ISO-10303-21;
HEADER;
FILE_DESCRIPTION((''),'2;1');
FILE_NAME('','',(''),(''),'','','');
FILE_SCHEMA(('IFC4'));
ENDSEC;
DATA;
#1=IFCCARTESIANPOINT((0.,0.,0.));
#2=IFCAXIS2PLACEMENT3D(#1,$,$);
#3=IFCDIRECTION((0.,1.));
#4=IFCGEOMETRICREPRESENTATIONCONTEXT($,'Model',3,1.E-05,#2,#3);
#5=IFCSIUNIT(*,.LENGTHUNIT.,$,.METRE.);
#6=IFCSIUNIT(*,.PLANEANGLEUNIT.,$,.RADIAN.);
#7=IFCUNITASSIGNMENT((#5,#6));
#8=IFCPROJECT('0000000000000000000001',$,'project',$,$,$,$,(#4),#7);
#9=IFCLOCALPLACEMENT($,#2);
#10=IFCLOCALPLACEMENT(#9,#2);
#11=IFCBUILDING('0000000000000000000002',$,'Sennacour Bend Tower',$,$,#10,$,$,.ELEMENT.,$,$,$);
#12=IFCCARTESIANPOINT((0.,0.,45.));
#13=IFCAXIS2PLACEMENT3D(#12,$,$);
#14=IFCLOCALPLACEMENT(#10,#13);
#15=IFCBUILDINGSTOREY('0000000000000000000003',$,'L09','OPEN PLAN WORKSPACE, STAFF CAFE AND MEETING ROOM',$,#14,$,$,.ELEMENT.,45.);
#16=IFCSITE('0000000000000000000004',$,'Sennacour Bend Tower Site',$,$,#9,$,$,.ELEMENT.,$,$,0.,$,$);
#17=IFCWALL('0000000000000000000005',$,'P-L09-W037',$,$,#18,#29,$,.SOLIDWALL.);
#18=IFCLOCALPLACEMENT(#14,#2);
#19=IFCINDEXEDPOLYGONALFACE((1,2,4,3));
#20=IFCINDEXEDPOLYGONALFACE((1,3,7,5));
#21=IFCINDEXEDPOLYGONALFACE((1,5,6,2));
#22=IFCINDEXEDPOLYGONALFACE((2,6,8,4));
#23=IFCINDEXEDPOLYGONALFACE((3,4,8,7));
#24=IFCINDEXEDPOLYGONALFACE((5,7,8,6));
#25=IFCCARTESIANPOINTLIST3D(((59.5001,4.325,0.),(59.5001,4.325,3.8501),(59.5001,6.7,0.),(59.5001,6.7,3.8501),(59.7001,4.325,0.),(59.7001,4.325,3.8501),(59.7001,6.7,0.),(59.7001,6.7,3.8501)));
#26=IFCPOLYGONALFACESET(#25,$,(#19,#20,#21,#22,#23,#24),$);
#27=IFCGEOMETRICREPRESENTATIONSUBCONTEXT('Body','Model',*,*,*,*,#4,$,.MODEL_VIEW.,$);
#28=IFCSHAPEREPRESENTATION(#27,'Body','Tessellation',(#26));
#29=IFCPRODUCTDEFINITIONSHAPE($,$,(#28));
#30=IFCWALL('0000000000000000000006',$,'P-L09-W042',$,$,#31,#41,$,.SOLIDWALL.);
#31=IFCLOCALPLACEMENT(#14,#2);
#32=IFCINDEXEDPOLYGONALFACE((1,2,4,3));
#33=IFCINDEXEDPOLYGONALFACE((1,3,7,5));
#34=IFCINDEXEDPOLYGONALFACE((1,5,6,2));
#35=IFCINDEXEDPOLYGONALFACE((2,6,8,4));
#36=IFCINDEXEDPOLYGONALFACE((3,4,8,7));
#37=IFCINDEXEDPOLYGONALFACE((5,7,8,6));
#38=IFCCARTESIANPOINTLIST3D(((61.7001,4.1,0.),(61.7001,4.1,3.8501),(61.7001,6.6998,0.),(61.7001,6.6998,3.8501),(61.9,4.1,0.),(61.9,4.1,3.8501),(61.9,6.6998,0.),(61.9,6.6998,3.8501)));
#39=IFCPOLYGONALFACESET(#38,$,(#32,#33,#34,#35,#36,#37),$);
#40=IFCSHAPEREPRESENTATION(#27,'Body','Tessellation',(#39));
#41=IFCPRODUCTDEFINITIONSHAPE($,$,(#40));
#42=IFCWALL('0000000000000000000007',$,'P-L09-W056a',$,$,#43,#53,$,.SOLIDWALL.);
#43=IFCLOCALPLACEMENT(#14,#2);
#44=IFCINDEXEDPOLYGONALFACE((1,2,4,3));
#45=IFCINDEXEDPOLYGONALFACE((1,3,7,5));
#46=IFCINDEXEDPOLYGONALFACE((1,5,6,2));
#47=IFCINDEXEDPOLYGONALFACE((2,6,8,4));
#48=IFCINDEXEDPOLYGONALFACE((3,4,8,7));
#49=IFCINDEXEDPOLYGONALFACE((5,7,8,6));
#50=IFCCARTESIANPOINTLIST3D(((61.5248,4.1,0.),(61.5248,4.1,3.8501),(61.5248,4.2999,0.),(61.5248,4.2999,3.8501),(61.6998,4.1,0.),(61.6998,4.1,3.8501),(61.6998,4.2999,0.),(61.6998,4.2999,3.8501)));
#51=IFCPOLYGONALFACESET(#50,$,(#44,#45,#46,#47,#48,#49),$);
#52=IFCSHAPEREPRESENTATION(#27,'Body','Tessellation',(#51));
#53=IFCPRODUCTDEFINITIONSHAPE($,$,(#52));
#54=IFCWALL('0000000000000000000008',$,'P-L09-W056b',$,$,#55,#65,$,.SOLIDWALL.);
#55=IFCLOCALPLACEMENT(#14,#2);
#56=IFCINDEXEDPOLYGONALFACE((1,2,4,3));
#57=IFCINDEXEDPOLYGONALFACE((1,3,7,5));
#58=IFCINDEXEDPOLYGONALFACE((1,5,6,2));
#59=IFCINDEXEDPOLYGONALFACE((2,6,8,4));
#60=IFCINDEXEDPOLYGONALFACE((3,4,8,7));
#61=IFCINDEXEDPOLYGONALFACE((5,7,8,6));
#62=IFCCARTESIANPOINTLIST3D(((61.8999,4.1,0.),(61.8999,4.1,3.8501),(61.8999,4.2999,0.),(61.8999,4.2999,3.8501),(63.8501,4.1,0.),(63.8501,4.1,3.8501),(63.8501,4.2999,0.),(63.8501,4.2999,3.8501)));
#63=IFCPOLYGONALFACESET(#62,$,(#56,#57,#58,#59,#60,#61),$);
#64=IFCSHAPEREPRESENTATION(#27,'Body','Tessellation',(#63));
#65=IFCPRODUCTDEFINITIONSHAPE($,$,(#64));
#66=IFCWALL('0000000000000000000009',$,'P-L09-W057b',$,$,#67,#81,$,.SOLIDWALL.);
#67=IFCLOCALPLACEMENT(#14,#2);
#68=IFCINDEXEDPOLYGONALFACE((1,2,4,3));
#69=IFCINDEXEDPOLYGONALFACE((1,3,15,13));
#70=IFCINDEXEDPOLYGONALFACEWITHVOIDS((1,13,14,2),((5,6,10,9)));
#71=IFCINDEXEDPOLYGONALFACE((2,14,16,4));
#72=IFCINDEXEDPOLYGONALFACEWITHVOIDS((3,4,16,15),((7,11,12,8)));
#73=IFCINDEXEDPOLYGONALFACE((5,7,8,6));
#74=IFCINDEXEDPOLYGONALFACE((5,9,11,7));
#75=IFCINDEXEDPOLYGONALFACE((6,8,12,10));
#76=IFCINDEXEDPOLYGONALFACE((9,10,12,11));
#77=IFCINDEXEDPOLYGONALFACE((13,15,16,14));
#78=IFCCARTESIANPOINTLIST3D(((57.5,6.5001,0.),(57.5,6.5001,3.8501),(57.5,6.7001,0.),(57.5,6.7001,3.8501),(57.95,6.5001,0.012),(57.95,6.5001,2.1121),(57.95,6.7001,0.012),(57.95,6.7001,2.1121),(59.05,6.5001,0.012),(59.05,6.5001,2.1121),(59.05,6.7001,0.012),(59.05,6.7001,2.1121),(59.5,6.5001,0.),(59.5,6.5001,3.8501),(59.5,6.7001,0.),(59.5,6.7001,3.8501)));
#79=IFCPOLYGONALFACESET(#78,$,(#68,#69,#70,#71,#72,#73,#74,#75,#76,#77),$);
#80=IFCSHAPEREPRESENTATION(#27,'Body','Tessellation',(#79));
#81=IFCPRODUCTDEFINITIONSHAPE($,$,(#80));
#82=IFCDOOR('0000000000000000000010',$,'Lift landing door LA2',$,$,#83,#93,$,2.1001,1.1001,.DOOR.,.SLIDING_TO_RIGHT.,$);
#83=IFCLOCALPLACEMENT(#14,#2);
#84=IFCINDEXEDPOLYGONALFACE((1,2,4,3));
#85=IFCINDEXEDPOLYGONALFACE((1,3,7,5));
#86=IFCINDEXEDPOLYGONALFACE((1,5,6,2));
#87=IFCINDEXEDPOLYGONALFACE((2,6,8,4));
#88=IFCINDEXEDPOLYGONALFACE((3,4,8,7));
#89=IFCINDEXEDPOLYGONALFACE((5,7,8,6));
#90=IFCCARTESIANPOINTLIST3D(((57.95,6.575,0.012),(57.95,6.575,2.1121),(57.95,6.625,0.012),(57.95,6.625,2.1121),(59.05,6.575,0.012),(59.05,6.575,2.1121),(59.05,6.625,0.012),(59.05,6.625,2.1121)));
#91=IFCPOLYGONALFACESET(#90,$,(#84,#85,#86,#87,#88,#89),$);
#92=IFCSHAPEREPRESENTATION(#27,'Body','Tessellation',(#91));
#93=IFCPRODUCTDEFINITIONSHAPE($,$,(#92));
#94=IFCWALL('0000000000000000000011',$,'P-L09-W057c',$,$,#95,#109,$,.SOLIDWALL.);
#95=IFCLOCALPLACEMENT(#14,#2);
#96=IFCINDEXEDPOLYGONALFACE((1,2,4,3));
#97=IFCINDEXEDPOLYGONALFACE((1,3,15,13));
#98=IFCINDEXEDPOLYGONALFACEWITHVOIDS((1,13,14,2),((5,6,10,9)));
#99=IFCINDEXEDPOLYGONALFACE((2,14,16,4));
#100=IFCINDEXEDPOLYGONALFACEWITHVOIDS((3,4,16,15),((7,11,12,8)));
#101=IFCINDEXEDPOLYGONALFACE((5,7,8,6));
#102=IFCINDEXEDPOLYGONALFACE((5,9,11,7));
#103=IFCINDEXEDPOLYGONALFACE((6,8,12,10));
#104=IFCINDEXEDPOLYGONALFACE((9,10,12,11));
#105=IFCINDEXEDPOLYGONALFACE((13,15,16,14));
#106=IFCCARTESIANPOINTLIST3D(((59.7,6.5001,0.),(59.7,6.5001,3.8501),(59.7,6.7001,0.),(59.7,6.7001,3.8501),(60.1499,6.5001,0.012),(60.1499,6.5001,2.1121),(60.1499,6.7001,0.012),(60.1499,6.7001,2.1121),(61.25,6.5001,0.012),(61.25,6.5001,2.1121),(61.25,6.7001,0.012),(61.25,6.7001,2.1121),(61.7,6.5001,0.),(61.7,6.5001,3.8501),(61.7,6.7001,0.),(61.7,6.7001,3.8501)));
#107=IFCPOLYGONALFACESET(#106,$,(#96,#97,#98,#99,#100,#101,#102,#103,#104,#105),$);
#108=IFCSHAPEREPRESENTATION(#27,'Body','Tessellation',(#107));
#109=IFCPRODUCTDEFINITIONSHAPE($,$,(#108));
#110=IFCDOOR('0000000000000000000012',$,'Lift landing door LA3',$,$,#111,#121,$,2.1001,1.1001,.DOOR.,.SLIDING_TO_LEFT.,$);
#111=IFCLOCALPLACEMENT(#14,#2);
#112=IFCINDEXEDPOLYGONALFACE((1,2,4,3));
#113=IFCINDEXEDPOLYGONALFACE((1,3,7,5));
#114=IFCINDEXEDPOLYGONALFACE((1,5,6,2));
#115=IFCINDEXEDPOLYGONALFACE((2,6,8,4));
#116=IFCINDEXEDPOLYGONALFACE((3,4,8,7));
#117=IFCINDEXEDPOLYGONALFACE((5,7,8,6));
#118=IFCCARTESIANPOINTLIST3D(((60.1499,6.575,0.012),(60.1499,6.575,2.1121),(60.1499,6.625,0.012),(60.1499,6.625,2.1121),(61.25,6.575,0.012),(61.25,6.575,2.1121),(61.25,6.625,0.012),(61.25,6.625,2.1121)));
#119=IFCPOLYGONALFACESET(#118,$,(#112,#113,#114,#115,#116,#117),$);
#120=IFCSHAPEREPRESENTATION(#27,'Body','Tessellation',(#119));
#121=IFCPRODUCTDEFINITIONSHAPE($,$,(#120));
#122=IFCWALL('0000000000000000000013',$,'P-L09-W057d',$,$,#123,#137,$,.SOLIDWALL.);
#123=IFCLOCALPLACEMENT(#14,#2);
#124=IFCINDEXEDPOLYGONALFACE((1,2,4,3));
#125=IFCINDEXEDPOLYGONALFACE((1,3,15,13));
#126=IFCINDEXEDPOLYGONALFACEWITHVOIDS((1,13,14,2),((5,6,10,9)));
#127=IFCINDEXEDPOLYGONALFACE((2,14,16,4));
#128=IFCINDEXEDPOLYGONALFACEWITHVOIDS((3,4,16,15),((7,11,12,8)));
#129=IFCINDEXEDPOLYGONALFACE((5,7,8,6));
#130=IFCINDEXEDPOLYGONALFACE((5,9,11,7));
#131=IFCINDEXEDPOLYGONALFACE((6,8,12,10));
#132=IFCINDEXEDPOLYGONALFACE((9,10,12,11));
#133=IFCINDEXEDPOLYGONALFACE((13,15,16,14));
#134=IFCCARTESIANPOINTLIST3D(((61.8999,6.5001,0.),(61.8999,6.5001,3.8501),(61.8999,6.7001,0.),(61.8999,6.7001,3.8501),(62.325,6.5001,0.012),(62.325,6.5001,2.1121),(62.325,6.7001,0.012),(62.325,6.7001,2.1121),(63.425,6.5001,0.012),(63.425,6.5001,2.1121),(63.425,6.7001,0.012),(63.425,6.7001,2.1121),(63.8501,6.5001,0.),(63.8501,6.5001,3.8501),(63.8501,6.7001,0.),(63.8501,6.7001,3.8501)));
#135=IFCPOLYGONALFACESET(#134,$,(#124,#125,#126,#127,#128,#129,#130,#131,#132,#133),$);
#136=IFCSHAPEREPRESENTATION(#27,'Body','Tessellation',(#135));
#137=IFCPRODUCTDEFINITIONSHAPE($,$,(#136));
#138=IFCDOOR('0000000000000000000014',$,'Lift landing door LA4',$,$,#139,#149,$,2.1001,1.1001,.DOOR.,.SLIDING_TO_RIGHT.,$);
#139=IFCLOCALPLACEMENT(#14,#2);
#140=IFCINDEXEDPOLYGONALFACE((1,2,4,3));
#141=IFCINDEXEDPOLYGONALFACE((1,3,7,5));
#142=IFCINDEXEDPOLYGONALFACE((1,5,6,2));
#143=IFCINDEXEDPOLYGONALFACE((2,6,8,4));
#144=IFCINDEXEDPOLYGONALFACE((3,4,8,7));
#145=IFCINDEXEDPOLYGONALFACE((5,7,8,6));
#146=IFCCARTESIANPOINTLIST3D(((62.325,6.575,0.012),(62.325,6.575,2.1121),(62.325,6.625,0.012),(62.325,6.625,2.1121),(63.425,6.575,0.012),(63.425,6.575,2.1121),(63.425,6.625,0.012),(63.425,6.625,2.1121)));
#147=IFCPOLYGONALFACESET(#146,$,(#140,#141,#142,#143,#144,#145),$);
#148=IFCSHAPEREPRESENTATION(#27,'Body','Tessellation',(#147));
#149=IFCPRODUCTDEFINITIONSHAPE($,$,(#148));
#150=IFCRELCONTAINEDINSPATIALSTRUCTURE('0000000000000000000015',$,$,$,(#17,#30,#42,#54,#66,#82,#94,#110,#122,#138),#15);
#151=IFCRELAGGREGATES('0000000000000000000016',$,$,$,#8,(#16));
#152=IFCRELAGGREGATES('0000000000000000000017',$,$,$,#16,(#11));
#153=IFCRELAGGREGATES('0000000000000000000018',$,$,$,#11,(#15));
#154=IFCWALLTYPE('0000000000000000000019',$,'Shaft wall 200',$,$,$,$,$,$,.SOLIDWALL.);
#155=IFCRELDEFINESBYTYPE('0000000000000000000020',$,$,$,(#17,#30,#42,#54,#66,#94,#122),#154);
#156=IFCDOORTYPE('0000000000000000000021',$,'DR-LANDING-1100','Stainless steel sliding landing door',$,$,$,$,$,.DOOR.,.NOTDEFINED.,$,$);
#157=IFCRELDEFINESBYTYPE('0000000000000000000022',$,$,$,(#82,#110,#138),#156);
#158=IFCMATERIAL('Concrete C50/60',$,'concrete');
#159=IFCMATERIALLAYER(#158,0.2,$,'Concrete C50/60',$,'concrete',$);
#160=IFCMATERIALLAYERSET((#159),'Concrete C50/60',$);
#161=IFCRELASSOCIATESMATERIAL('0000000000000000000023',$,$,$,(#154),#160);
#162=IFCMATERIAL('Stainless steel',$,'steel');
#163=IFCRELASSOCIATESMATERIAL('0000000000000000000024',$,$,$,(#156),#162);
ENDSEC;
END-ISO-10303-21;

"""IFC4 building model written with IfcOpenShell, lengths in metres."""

from ifc_helpers import new_model, si_unit, direction, frame, frame_2d, origin, place, context, subcontext, project, spatial, rectangle, extrude, material, layer, layer_set, type_object, element, fill, save


model = new_model("IFC4")

# Units and contexts
model_context = context("Model", 3, precision=1e-05, world=origin(), true_north=direction((0.0, 1.0)))
body_context = subcontext(model_context, "Body", "Model", "MODEL_VIEW")
ifc_project = project(units=[si_unit("LENGTHUNIT", "METRE"), si_unit("PLANEANGLEUNIT", "RADIAN")], contexts=[model_context])

# Site, building, storey
site_placement = place(None, origin())
site = spatial("IfcSite", under=ifc_project, at=site_placement, Name="Sennacour Bend Tower Site", CompositionType="ELEMENT", RefElevation=0.0)
building_placement = place(site_placement, origin())
building = spatial("IfcBuilding", under=site, at=building_placement, Name="Sennacour Bend Tower", CompositionType="ELEMENT")
storey_placement = place(building_placement, frame((0.0, 0.0, 45.0)))
storey = spatial("IfcBuildingStorey", under=building, at=storey_placement, Name="L09", Description="OPEN PLAN WORKSPACE, STAFF CAFE AND MEETING ROOM", CompositionType="ELEMENT", Elevation=45.0)

# Walls
ifc_material_1 = material(Name="Concrete C50/60", Category="concrete")
ifc_layer_1 = layer(ifc_material_1, 0.2, Name="Concrete C50/60", Category="concrete")
ifc_layer_set_1 = layer_set([ifc_layer_1], Name="Concrete C50/60")
wall_type_1 = type_object("IfcWallType", Name="Shaft wall 200", PredefinedType="SOLIDWALL", material=ifc_layer_set_1)
wall_1_placement = place(storey_placement, frame((59.6001, 4.325, 0.0), z_axis=(0.0, 0.0, 1.0), x_axis=(0.0, 1.0, 0.0)))
element("IfcWall", 1, at=wall_1_placement, inside=storey, type_object=wall_type_1, Name="P-L09-W037", PredefinedType="SOLIDWALL", context=body_context, shape_type="SweptSolid", body=[
    extrude(rectangle(XDim=2.375, YDim=0.2, at=frame_2d((1.1875, 0.0))), origin(), (0.0, 0.0, 1.0), 3.8501),
])
wall_2_placement = place(storey_placement, frame((61.8, 4.1001, 0.0), z_axis=(0.0, 0.0, 1.0), x_axis=(0.0, 1.0, 0.0)))
element("IfcWall", 2, at=wall_2_placement, inside=storey, type_object=wall_type_1, Name="P-L09-W042", PredefinedType="SOLIDWALL", context=body_context, shape_type="SweptSolid", body=[
    extrude(rectangle(XDim=2.5999, YDim=0.2, at=frame_2d((1.2998, 0.0))), origin(), (0.0, 0.0, 1.0), 3.8501),
])
wall_3_placement = place(storey_placement, frame((61.5249, 4.2, 0.0), z_axis=(0.0, 0.0, 1.0), x_axis=(1.0, 0.0, 0.0)))
element("IfcWall", 3, at=wall_3_placement, inside=storey, type_object=wall_type_1, Name="P-L09-W056a", PredefinedType="SOLIDWALL", context=body_context, shape_type="SweptSolid", body=[
    extrude(rectangle(XDim=0.175, YDim=0.2, at=frame_2d((0.0874, 0.0))), origin(), (0.0, 0.0, 1.0), 3.8501),
])
wall_4_placement = place(storey_placement, frame((61.8999, 4.2, 0.0), z_axis=(0.0, 0.0, 1.0), x_axis=(1.0, 0.0, 0.0)))
element("IfcWall", 4, at=wall_4_placement, inside=storey, type_object=wall_type_1, Name="P-L09-W056b", PredefinedType="SOLIDWALL", context=body_context, shape_type="SweptSolid", body=[
    extrude(rectangle(XDim=1.9502, YDim=0.2, at=frame_2d((0.9751, 0.0))), origin(), (0.0, 0.0, 1.0), 3.8501),
])

# Walls, openings, doors
wall_5_placement = place(storey_placement, frame((57.5, 6.6001, 0.0), z_axis=(0.0, 0.0, 1.0), x_axis=(1.0, 0.0, 0.0)))
wall_5 = element("IfcWall", 5, at=wall_5_placement, inside=storey, type_object=wall_type_1, Name="P-L09-W057b", PredefinedType="SOLIDWALL", context=body_context, shape_type="SweptSolid", body=[
    extrude(rectangle(XDim=2.0, YDim=0.2, at=frame_2d((1.0, 0.0))), origin(), (0.0, 0.0, 1.0), 3.8501),
])
opening_1_placement = place(wall_5_placement, frame((0.45, 0.0, 0.012)))
opening_1 = element("IfcOpeningElement", 6, at=opening_1_placement, cuts=wall_5, PredefinedType="OPENING", context=body_context, shape_type="SweptSolid", body=[
    extrude(rectangle(XDim=1.1001, YDim=2.1001, at=frame_2d((0.55, 1.05))), frame((0.0, 0.1099, 0.0), z_axis=(0.0, -1.0, 0.0), x_axis=(1.0, 0.0, 0.0)), (0.0, 0.0, 1.0), 0.22),
])
ifc_material_2 = material(Name="Stainless steel", Category="steel")
door_type_1 = type_object("IfcDoorType", Name="DR-LANDING-1100", Description="Stainless steel sliding landing door", OperationType="NOTDEFINED", PredefinedType="DOOR", material=ifc_material_2)
door_1_placement = place(opening_1_placement, origin())
door_1 = element("IfcDoor", 7, at=door_1_placement, inside=storey, type_object=door_type_1, Name="Lift landing door LA2", OperationType="SLIDING_TO_RIGHT", OverallHeight=2.1001, OverallWidth=1.1001, PredefinedType="DOOR", context=body_context, shape_type="SweptSolid", body=[
    extrude(rectangle(XDim=1.1001, YDim=2.1001, at=frame_2d((0.55, 1.05))), frame((0.0, 0.0249, 0.0), z_axis=(0.0, -1.0, 0.0), x_axis=(1.0, 0.0, 0.0)), (0.0, 0.0, 1.0), 0.05),
])
fill(opening_1, door_1)
wall_6_placement = place(storey_placement, frame((59.7, 6.6001, 0.0), z_axis=(0.0, 0.0, 1.0), x_axis=(1.0, 0.0, 0.0)))
wall_6 = element("IfcWall", 8, at=wall_6_placement, inside=storey, type_object=wall_type_1, Name="P-L09-W057c", PredefinedType="SOLIDWALL", context=body_context, shape_type="SweptSolid", body=[
    extrude(rectangle(XDim=2.0, YDim=0.2, at=frame_2d((1.0, 0.0))), origin(), (0.0, 0.0, 1.0), 3.8501),
])
opening_2_placement = place(wall_6_placement, frame((0.45, 0.0, 0.012)))
opening_2 = element("IfcOpeningElement", 9, at=opening_2_placement, cuts=wall_6, PredefinedType="OPENING", context=body_context, shape_type="SweptSolid", body=[
    extrude(rectangle(XDim=1.1001, YDim=2.1001, at=frame_2d((0.55, 1.05))), frame((0.0, 0.1099, 0.0), z_axis=(0.0, -1.0, 0.0), x_axis=(1.0, 0.0, 0.0)), (0.0, 0.0, 1.0), 0.22),
])
door_2_placement = place(opening_2_placement, origin())
door_2 = element("IfcDoor", 10, at=door_2_placement, inside=storey, type_object=door_type_1, Name="Lift landing door LA3", OperationType="SLIDING_TO_LEFT", OverallHeight=2.1001, OverallWidth=1.1001, PredefinedType="DOOR", context=body_context, shape_type="SweptSolid", body=[
    extrude(rectangle(XDim=1.1001, YDim=2.1001, at=frame_2d((0.55, 1.05))), frame((0.0, 0.0249, 0.0), z_axis=(0.0, -1.0, 0.0), x_axis=(1.0, 0.0, 0.0)), (0.0, 0.0, 1.0), 0.05),
])
fill(opening_2, door_2)
wall_7_placement = place(storey_placement, frame((61.8999, 6.6001, 0.0), z_axis=(0.0, 0.0, 1.0), x_axis=(1.0, 0.0, 0.0)))
wall_7 = element("IfcWall", 11, at=wall_7_placement, inside=storey, type_object=wall_type_1, Name="P-L09-W057d", PredefinedType="SOLIDWALL", context=body_context, shape_type="SweptSolid", body=[
    extrude(rectangle(XDim=1.9502, YDim=0.2, at=frame_2d((0.9751, 0.0))), origin(), (0.0, 0.0, 1.0), 3.8501),
])
opening_3_placement = place(wall_7_placement, frame((0.425, 0.0, 0.012)))
opening_3 = element("IfcOpeningElement", 12, at=opening_3_placement, cuts=wall_7, PredefinedType="OPENING", context=body_context, shape_type="SweptSolid", body=[
    extrude(rectangle(XDim=1.1001, YDim=2.1001, at=frame_2d((0.55, 1.05))), frame((0.0, 0.1099, 0.0), z_axis=(0.0, -1.0, 0.0), x_axis=(1.0, 0.0, 0.0)), (0.0, 0.0, 1.0), 0.22),
])
door_3_placement = place(opening_3_placement, origin())
door_3 = element("IfcDoor", 13, at=door_3_placement, inside=storey, type_object=door_type_1, Name="Lift landing door LA4", OperationType="SLIDING_TO_RIGHT", OverallHeight=2.1001, OverallWidth=1.1001, PredefinedType="DOOR", context=body_context, shape_type="SweptSolid", body=[
    extrude(rectangle(XDim=1.1001, YDim=2.1001, at=frame_2d((0.55, 1.05))), frame((0.0, 0.0249, 0.0), z_axis=(0.0, -1.0, 0.0), x_axis=(1.0, 0.0, 0.0)), (0.0, 0.0, 1.0), 0.05),
])
fill(opening_3, door_3)

save(model, "model.ifc")
